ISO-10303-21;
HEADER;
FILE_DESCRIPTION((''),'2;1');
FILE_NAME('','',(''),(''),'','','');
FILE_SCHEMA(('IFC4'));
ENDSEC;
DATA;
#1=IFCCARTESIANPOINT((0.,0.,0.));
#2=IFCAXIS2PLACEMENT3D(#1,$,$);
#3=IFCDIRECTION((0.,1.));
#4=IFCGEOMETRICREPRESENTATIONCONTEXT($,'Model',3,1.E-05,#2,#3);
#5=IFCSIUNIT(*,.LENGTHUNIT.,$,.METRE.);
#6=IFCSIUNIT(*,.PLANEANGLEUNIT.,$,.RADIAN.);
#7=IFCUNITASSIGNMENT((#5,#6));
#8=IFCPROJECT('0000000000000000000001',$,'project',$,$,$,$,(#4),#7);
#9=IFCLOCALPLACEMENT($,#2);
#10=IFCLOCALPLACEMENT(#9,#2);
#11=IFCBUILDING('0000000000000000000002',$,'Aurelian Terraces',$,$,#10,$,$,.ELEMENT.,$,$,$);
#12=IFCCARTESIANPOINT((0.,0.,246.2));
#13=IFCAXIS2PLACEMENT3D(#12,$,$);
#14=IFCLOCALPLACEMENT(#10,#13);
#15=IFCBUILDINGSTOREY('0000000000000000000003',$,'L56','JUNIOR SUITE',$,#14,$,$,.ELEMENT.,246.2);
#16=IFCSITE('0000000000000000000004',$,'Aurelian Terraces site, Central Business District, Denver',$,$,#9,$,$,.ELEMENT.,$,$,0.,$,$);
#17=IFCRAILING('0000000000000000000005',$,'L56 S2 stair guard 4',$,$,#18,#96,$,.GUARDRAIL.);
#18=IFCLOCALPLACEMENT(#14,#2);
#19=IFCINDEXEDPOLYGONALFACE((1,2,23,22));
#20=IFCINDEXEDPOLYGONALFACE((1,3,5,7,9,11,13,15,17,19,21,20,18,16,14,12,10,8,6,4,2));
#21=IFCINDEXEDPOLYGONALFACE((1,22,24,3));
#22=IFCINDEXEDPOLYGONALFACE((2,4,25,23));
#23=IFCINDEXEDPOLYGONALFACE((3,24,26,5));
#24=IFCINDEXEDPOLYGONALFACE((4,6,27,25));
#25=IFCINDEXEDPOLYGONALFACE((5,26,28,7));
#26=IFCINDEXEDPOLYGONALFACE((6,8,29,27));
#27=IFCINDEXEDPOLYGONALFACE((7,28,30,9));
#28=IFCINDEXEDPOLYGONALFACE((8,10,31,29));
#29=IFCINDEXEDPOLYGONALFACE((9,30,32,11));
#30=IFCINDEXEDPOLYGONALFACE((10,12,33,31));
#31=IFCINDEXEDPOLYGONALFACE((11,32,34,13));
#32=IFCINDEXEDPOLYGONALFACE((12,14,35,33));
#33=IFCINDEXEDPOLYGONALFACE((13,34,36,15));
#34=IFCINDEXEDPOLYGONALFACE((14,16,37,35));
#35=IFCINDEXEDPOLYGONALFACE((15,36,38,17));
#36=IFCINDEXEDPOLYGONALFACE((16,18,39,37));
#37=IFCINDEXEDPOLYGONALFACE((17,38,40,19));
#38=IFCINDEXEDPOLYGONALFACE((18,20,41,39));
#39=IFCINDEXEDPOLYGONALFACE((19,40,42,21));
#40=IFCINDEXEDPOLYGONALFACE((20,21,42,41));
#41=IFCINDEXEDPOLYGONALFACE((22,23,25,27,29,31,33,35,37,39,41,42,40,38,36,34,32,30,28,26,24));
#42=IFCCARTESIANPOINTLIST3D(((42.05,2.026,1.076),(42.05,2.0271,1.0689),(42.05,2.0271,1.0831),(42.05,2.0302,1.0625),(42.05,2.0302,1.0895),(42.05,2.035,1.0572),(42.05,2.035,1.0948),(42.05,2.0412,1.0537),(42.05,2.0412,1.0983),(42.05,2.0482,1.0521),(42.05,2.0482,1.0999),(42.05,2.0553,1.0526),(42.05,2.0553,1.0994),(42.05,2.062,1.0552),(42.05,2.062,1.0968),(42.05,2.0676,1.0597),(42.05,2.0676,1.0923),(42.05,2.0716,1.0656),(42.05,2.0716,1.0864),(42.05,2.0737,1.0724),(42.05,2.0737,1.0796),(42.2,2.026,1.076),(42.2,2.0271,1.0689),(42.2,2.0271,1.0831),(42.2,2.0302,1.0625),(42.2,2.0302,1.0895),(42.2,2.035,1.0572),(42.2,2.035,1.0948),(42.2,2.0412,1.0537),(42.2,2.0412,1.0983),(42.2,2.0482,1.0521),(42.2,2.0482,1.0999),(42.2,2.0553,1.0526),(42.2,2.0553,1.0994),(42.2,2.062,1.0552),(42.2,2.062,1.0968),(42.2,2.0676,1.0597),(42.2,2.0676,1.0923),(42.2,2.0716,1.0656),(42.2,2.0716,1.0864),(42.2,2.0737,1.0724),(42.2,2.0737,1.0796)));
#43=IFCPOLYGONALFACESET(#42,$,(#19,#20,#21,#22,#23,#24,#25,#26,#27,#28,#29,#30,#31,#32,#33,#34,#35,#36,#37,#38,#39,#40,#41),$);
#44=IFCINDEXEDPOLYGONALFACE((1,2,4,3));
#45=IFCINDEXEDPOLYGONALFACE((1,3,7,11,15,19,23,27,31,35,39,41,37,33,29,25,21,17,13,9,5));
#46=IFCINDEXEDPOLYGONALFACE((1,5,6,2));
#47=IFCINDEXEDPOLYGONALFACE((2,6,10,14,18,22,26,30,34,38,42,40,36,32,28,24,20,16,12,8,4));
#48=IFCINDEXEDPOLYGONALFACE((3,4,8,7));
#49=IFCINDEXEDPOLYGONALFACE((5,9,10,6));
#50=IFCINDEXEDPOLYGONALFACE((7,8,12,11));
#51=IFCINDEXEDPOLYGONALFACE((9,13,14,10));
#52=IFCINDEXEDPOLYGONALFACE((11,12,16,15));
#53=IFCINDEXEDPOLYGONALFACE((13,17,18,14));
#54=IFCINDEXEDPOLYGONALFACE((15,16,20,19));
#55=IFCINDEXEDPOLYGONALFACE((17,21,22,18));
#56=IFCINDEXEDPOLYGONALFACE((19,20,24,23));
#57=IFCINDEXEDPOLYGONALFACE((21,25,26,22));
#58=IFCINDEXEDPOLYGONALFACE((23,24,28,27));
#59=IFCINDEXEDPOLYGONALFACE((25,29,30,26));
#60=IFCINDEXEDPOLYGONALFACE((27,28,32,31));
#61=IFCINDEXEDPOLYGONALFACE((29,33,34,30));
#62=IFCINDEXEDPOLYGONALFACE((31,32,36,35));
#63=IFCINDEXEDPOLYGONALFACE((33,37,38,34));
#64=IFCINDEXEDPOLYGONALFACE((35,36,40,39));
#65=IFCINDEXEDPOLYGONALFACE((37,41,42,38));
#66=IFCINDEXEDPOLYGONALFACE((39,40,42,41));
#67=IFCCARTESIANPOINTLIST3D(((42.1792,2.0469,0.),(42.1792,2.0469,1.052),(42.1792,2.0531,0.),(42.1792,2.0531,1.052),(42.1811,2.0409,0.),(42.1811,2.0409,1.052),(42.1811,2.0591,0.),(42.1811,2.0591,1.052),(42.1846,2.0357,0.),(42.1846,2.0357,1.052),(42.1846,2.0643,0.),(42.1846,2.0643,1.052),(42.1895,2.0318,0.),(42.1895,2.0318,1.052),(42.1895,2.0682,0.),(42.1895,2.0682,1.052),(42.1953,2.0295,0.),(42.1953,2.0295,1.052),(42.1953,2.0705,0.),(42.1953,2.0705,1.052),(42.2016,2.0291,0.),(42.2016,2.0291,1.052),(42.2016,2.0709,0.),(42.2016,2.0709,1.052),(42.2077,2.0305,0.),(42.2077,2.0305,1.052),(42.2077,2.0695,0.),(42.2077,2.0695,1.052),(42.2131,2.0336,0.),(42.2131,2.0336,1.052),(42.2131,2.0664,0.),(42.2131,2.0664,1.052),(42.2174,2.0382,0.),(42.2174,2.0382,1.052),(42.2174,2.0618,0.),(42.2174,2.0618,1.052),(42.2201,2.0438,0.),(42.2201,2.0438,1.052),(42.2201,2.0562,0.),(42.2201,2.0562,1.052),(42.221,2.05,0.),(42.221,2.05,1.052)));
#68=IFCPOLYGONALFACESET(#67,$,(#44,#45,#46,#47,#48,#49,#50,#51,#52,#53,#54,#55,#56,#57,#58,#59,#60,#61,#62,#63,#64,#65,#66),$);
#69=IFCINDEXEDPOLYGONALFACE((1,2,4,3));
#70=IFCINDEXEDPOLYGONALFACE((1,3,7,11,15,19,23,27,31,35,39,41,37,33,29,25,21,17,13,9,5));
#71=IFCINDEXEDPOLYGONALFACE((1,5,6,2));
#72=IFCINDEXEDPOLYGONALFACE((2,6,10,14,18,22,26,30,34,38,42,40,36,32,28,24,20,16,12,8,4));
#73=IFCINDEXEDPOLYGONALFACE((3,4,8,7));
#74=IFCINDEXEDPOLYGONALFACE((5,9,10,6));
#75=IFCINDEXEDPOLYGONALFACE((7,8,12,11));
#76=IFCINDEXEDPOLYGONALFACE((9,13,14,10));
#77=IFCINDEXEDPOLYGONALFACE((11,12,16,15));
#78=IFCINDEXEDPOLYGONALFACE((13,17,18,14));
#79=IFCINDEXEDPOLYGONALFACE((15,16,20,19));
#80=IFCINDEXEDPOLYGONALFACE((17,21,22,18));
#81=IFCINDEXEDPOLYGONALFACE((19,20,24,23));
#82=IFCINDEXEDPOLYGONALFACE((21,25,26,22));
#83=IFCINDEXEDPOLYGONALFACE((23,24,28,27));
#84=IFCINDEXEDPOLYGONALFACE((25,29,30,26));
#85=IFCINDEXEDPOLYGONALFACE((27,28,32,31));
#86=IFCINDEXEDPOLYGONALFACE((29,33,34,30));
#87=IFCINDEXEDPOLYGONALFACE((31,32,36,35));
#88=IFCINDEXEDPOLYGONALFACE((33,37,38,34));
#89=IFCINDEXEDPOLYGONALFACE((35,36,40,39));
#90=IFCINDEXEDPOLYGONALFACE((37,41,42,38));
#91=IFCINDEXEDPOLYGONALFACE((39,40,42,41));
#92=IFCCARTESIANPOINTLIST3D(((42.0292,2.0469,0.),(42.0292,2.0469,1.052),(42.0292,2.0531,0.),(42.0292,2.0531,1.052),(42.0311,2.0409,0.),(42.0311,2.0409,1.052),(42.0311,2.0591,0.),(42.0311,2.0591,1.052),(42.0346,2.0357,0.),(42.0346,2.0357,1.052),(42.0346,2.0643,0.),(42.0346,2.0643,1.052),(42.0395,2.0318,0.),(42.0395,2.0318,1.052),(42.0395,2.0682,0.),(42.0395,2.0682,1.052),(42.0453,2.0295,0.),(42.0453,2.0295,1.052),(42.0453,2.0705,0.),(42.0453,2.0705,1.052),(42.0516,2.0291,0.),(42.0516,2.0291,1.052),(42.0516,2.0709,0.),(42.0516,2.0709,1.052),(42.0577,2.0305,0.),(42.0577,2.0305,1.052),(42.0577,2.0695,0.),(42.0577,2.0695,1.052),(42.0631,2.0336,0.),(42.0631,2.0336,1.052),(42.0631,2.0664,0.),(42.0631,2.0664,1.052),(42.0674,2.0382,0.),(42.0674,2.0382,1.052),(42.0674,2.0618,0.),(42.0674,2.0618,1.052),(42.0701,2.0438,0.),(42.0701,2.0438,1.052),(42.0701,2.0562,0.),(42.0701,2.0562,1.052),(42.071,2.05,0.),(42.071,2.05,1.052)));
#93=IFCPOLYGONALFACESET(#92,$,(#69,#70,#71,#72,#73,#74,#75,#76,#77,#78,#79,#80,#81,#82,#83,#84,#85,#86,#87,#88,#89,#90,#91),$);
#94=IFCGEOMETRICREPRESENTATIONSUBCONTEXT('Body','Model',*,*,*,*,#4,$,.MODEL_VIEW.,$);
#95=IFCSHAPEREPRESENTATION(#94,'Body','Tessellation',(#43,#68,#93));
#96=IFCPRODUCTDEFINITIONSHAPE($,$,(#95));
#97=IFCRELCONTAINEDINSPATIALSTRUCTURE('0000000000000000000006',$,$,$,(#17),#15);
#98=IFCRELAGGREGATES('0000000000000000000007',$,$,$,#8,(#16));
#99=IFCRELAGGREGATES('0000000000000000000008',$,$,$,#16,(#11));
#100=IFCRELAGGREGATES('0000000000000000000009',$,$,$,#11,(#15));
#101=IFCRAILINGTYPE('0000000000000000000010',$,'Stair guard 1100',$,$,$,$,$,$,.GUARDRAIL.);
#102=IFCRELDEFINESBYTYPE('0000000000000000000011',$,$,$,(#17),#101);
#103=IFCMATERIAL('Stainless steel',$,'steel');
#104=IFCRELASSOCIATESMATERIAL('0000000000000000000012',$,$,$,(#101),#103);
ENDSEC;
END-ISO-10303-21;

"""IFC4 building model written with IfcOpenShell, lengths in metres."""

from ifc_helpers import new_model, si_unit, direction, frame, origin, origin_2d, place, context, subcontext, project, spatial, circle, extrude, source, transform, mapped, material, type_object, element, save


model = new_model("IFC4")

# Units and contexts
model_context = context("Model", 3, precision=1e-05, world=origin(), true_north=direction((0.0, 1.0)))
body_context = subcontext(model_context, "Body", "Model", "MODEL_VIEW")
ifc_project = project(units=[si_unit("LENGTHUNIT", "METRE"), si_unit("PLANEANGLEUNIT", "RADIAN")], contexts=[model_context])

# Site, building, storey
site_placement = place(None, origin())
site = spatial("IfcSite", under=ifc_project, at=site_placement, Name="Aurelian Terraces site, Central Business District, Denver", CompositionType="ELEMENT", RefElevation=0.0)
building_placement = place(site_placement, origin())
building = spatial("IfcBuilding", under=site, at=building_placement, Name="Aurelian Terraces", CompositionType="ELEMENT")
storey_placement = place(building_placement, frame((0.0, 0.0, 246.2)))
storey = spatial("IfcBuildingStorey", under=building, at=storey_placement, Name="L56", Description="JUNIOR SUITE", CompositionType="ELEMENT", Elevation=246.2)

# Railing
ifc_material_1 = material(Name="Stainless steel", Category="steel")
railing_type_1 = type_object("IfcRailingType", Name="Stair guard 1100", PredefinedType="GUARDRAIL", material=ifc_material_1)
shared_shape_1 = source(origin(), body_context, "Body", "SweptSolid", [
    extrude(circle(Radius=0.024, at=origin_2d()), frame((0.0, 0.0, 1.076), z_axis=(-1.0, 0.0, 0.0), x_axis=(0.0, -1.0, 0.0)), (0.0, 0.0, 1.0), 0.15),
    extrude(circle(Radius=0.021, at=origin_2d()), origin(), (0.0, 0.0, 1.0), 1.052),
    extrude(circle(Radius=0.021, at=origin_2d()), frame((-0.15, 0.0, 0.0)), (0.0, 0.0, 1.0), 1.052),
])
railing_1_placement = place(storey_placement, frame((42.2, 2.05, 0.0)))
element("IfcRailing", 1, at=railing_1_placement, inside=storey, type_object=railing_type_1, Name="L56 S2 stair guard 4", PredefinedType="GUARDRAIL", context=body_context, shape_type="MappedRepresentation", body=[
    mapped(shared_shape_1, transform((0.0, 0.0, 0.0), scale=1.0)),
])

save(model, "model.ifc")
